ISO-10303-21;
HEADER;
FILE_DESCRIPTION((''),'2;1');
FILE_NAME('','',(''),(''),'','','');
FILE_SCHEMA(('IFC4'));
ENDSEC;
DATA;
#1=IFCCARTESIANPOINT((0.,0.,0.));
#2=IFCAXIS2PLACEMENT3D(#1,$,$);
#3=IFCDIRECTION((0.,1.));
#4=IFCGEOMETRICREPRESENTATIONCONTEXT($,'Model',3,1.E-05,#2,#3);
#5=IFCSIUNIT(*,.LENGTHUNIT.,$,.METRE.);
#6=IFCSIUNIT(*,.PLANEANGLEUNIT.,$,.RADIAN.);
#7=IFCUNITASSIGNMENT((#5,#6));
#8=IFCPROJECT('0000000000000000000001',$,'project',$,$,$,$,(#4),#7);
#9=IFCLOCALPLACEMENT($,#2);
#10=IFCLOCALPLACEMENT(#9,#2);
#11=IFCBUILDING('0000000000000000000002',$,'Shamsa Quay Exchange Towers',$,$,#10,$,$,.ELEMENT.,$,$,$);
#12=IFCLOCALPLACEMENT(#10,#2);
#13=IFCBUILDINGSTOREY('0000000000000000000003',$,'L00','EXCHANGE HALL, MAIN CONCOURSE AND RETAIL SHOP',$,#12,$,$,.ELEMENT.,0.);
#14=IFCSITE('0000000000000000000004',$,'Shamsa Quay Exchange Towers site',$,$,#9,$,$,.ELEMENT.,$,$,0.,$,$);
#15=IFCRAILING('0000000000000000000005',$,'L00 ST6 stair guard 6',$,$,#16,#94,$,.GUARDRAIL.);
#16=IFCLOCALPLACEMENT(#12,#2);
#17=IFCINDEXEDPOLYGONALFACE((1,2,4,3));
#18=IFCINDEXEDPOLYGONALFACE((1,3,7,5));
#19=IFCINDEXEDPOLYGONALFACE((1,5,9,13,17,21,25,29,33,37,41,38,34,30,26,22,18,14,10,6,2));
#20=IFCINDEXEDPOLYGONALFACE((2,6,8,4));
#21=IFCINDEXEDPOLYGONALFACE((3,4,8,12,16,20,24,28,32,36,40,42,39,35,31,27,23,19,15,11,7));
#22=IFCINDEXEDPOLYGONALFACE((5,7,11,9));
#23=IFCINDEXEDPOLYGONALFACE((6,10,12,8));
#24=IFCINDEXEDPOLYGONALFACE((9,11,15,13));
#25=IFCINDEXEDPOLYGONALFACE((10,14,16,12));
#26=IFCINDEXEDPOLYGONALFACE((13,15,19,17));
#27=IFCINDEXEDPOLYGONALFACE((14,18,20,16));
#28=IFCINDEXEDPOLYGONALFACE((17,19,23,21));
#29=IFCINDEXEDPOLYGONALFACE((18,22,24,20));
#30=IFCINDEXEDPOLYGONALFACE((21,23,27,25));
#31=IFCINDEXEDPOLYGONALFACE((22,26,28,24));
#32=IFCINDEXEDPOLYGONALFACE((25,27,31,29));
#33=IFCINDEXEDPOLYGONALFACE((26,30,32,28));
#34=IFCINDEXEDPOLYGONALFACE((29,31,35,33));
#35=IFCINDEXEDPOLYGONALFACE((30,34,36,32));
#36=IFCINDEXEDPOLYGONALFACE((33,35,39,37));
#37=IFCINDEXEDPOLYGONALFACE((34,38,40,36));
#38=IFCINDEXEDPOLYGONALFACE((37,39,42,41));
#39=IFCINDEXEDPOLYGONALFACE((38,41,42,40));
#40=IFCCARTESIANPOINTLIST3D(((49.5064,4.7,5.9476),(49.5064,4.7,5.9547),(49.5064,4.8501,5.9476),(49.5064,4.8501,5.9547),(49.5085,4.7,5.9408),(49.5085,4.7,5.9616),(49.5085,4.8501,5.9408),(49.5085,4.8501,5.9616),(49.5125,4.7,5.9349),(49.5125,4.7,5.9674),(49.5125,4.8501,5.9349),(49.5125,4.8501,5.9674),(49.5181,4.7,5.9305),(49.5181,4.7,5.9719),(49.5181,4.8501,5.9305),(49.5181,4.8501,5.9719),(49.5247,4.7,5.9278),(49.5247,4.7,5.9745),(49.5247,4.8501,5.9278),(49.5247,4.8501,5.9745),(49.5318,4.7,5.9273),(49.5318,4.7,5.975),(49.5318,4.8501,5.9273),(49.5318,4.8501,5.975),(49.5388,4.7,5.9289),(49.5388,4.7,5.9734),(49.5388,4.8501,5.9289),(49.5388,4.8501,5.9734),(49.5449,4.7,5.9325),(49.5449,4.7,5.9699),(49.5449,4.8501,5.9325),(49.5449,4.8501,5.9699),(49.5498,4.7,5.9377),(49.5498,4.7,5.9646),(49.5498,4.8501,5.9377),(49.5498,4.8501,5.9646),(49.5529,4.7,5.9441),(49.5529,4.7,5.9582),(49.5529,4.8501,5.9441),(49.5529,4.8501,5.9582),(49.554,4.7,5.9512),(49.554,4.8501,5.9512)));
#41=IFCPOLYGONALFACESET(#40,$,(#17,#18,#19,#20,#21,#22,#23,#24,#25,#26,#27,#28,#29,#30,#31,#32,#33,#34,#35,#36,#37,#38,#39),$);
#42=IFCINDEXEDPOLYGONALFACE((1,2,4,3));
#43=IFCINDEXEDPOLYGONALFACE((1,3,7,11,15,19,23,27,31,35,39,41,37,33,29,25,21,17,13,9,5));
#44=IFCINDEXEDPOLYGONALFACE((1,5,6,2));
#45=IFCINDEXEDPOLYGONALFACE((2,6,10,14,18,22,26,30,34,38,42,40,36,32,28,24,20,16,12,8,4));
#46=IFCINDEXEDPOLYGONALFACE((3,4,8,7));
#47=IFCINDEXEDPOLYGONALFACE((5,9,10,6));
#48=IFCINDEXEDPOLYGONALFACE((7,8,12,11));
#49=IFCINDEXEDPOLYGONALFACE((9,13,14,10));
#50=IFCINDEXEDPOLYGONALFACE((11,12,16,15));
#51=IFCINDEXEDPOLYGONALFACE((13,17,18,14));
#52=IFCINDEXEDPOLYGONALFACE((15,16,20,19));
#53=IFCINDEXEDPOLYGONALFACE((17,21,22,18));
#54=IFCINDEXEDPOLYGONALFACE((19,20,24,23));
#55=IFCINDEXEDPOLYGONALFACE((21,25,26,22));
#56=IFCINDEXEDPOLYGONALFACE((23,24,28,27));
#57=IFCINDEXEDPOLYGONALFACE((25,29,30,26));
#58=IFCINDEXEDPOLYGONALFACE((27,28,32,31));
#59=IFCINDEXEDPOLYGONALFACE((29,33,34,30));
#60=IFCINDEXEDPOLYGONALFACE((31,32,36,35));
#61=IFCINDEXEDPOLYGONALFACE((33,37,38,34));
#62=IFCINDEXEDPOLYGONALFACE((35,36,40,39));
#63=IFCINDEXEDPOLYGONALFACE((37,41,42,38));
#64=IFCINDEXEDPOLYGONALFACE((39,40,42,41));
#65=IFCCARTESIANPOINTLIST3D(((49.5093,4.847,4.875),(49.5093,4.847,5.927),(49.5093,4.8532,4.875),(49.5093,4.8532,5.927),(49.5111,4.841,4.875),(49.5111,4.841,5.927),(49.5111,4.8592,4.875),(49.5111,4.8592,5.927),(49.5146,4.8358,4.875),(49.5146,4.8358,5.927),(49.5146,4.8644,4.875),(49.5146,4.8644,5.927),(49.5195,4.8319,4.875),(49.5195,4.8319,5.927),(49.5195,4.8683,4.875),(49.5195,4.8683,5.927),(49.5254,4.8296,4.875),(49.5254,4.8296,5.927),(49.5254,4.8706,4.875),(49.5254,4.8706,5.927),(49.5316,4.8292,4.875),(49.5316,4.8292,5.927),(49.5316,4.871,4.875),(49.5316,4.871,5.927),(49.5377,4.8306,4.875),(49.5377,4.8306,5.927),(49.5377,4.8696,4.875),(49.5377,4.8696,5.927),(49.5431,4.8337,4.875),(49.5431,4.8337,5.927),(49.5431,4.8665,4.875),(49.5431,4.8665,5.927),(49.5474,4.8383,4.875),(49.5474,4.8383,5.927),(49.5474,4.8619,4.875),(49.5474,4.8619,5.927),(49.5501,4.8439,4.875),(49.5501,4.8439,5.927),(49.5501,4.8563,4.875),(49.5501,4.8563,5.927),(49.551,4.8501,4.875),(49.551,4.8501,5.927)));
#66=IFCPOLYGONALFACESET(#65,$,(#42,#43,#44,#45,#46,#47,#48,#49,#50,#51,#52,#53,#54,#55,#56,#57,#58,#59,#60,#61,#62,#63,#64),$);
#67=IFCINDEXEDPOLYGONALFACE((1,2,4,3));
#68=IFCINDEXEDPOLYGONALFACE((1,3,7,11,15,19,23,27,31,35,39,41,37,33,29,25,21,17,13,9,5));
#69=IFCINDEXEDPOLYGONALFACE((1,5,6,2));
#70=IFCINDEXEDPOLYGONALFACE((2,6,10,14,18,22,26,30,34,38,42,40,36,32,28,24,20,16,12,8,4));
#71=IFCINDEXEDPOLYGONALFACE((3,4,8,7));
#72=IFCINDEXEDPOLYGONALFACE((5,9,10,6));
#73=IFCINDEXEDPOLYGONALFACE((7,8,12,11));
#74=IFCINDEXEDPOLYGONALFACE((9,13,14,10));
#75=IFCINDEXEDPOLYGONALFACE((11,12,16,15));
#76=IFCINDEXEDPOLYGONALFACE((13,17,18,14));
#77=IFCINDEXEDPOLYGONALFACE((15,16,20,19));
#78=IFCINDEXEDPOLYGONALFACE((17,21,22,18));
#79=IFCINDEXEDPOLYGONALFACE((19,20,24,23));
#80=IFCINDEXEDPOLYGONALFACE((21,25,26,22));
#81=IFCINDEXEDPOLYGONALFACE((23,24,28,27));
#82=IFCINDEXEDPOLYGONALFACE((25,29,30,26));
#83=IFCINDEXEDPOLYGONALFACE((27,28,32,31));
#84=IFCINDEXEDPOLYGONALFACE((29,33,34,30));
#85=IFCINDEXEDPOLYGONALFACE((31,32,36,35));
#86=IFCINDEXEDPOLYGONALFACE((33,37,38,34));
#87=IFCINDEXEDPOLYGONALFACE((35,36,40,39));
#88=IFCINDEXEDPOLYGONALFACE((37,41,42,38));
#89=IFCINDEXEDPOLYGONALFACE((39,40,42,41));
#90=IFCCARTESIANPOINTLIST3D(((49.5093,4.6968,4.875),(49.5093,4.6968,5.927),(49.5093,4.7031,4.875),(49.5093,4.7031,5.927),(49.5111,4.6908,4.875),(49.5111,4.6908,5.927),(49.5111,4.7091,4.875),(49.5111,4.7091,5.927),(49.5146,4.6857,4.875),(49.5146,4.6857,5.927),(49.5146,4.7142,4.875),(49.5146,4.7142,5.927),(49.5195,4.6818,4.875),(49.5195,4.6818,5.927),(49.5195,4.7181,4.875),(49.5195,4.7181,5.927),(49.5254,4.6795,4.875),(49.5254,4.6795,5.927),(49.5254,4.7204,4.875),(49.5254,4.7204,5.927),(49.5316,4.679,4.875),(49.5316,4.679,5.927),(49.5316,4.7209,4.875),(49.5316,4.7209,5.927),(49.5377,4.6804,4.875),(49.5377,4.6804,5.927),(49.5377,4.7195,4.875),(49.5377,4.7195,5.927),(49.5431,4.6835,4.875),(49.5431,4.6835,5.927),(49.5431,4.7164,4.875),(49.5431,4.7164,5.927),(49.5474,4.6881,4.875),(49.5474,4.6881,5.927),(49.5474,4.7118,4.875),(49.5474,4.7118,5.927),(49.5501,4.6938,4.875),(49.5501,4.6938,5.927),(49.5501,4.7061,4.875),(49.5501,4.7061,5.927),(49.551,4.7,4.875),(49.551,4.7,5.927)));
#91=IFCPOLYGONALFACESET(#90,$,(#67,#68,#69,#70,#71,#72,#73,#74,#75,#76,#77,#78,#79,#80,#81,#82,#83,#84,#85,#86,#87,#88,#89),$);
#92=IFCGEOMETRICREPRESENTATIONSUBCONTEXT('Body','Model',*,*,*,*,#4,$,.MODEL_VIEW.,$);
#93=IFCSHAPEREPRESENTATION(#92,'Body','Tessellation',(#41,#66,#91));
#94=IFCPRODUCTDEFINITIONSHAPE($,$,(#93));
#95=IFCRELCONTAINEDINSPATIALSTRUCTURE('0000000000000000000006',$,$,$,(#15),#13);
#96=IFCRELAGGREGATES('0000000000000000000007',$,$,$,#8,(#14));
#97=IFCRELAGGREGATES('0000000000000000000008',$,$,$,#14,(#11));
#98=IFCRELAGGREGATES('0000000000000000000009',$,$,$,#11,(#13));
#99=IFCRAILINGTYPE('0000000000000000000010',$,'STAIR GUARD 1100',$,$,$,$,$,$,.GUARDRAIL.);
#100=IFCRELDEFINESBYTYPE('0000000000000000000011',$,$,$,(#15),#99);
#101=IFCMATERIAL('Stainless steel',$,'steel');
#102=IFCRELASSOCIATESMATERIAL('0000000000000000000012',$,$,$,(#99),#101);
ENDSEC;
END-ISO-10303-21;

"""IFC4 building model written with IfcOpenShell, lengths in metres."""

from ifc_helpers import new_model, si_unit, direction, frame, origin, origin_2d, place, context, subcontext, project, spatial, circle, extrude, material, type_object, element, save


model = new_model("IFC4")

# Units and contexts
model_context = context("Model", 3, precision=1e-05, world=origin(), true_north=direction((0.0, 1.0)))
body_context = subcontext(model_context, "Body", "Model", "MODEL_VIEW")
ifc_project = project(units=[si_unit("LENGTHUNIT", "METRE"), si_unit("PLANEANGLEUNIT", "RADIAN")], contexts=[model_context])

# Site, building, storey
site_placement = place(None, origin())
site = spatial("IfcSite", under=ifc_project, at=site_placement, Name="Shamsa Quay Exchange Towers site", CompositionType="ELEMENT", RefElevation=0.0)
building_placement = place(site_placement, origin())
building = spatial("IfcBuilding", under=site, at=building_placement, Name="Shamsa Quay Exchange Towers", CompositionType="ELEMENT")
storey_placement = place(building_placement, origin())
storey = spatial("IfcBuildingStorey", under=building, at=storey_placement, Name="L00", Description="EXCHANGE HALL, MAIN CONCOURSE AND RETAIL SHOP", CompositionType="ELEMENT", Elevation=0.0)

# Railing
ifc_material_1 = material(Name="Stainless steel", Category="steel")
railing_type_1 = type_object("IfcRailingType", Name="STAIR GUARD 1100", PredefinedType="GUARDRAIL", material=ifc_material_1)
railing_1_placement = place(storey_placement, frame((49.53, 4.8501, 4.875)))
element("IfcRailing", 1, at=railing_1_placement, inside=storey, type_object=railing_type_1, Name="L00 ST6 stair guard 6", PredefinedType="GUARDRAIL", context=body_context, shape_type="SweptSolid", body=[
    extrude(circle(Radius=0.0239, at=origin_2d()), frame((0.0, 0.0, 1.0762), z_axis=(0.0, -1.0, 0.0), x_axis=(1.0, 0.0, 0.0)), (0.0, 0.0, 1.0), 0.1501),
    extrude(circle(Radius=0.021, at=origin_2d()), origin(), (0.0, 0.0, 1.0), 1.052),
    extrude(circle(Radius=0.021, at=origin_2d()), frame((0.0, -0.1501, 0.0)), (0.0, 0.0, 1.0), 1.052),
])

save(model, "model.ifc")
